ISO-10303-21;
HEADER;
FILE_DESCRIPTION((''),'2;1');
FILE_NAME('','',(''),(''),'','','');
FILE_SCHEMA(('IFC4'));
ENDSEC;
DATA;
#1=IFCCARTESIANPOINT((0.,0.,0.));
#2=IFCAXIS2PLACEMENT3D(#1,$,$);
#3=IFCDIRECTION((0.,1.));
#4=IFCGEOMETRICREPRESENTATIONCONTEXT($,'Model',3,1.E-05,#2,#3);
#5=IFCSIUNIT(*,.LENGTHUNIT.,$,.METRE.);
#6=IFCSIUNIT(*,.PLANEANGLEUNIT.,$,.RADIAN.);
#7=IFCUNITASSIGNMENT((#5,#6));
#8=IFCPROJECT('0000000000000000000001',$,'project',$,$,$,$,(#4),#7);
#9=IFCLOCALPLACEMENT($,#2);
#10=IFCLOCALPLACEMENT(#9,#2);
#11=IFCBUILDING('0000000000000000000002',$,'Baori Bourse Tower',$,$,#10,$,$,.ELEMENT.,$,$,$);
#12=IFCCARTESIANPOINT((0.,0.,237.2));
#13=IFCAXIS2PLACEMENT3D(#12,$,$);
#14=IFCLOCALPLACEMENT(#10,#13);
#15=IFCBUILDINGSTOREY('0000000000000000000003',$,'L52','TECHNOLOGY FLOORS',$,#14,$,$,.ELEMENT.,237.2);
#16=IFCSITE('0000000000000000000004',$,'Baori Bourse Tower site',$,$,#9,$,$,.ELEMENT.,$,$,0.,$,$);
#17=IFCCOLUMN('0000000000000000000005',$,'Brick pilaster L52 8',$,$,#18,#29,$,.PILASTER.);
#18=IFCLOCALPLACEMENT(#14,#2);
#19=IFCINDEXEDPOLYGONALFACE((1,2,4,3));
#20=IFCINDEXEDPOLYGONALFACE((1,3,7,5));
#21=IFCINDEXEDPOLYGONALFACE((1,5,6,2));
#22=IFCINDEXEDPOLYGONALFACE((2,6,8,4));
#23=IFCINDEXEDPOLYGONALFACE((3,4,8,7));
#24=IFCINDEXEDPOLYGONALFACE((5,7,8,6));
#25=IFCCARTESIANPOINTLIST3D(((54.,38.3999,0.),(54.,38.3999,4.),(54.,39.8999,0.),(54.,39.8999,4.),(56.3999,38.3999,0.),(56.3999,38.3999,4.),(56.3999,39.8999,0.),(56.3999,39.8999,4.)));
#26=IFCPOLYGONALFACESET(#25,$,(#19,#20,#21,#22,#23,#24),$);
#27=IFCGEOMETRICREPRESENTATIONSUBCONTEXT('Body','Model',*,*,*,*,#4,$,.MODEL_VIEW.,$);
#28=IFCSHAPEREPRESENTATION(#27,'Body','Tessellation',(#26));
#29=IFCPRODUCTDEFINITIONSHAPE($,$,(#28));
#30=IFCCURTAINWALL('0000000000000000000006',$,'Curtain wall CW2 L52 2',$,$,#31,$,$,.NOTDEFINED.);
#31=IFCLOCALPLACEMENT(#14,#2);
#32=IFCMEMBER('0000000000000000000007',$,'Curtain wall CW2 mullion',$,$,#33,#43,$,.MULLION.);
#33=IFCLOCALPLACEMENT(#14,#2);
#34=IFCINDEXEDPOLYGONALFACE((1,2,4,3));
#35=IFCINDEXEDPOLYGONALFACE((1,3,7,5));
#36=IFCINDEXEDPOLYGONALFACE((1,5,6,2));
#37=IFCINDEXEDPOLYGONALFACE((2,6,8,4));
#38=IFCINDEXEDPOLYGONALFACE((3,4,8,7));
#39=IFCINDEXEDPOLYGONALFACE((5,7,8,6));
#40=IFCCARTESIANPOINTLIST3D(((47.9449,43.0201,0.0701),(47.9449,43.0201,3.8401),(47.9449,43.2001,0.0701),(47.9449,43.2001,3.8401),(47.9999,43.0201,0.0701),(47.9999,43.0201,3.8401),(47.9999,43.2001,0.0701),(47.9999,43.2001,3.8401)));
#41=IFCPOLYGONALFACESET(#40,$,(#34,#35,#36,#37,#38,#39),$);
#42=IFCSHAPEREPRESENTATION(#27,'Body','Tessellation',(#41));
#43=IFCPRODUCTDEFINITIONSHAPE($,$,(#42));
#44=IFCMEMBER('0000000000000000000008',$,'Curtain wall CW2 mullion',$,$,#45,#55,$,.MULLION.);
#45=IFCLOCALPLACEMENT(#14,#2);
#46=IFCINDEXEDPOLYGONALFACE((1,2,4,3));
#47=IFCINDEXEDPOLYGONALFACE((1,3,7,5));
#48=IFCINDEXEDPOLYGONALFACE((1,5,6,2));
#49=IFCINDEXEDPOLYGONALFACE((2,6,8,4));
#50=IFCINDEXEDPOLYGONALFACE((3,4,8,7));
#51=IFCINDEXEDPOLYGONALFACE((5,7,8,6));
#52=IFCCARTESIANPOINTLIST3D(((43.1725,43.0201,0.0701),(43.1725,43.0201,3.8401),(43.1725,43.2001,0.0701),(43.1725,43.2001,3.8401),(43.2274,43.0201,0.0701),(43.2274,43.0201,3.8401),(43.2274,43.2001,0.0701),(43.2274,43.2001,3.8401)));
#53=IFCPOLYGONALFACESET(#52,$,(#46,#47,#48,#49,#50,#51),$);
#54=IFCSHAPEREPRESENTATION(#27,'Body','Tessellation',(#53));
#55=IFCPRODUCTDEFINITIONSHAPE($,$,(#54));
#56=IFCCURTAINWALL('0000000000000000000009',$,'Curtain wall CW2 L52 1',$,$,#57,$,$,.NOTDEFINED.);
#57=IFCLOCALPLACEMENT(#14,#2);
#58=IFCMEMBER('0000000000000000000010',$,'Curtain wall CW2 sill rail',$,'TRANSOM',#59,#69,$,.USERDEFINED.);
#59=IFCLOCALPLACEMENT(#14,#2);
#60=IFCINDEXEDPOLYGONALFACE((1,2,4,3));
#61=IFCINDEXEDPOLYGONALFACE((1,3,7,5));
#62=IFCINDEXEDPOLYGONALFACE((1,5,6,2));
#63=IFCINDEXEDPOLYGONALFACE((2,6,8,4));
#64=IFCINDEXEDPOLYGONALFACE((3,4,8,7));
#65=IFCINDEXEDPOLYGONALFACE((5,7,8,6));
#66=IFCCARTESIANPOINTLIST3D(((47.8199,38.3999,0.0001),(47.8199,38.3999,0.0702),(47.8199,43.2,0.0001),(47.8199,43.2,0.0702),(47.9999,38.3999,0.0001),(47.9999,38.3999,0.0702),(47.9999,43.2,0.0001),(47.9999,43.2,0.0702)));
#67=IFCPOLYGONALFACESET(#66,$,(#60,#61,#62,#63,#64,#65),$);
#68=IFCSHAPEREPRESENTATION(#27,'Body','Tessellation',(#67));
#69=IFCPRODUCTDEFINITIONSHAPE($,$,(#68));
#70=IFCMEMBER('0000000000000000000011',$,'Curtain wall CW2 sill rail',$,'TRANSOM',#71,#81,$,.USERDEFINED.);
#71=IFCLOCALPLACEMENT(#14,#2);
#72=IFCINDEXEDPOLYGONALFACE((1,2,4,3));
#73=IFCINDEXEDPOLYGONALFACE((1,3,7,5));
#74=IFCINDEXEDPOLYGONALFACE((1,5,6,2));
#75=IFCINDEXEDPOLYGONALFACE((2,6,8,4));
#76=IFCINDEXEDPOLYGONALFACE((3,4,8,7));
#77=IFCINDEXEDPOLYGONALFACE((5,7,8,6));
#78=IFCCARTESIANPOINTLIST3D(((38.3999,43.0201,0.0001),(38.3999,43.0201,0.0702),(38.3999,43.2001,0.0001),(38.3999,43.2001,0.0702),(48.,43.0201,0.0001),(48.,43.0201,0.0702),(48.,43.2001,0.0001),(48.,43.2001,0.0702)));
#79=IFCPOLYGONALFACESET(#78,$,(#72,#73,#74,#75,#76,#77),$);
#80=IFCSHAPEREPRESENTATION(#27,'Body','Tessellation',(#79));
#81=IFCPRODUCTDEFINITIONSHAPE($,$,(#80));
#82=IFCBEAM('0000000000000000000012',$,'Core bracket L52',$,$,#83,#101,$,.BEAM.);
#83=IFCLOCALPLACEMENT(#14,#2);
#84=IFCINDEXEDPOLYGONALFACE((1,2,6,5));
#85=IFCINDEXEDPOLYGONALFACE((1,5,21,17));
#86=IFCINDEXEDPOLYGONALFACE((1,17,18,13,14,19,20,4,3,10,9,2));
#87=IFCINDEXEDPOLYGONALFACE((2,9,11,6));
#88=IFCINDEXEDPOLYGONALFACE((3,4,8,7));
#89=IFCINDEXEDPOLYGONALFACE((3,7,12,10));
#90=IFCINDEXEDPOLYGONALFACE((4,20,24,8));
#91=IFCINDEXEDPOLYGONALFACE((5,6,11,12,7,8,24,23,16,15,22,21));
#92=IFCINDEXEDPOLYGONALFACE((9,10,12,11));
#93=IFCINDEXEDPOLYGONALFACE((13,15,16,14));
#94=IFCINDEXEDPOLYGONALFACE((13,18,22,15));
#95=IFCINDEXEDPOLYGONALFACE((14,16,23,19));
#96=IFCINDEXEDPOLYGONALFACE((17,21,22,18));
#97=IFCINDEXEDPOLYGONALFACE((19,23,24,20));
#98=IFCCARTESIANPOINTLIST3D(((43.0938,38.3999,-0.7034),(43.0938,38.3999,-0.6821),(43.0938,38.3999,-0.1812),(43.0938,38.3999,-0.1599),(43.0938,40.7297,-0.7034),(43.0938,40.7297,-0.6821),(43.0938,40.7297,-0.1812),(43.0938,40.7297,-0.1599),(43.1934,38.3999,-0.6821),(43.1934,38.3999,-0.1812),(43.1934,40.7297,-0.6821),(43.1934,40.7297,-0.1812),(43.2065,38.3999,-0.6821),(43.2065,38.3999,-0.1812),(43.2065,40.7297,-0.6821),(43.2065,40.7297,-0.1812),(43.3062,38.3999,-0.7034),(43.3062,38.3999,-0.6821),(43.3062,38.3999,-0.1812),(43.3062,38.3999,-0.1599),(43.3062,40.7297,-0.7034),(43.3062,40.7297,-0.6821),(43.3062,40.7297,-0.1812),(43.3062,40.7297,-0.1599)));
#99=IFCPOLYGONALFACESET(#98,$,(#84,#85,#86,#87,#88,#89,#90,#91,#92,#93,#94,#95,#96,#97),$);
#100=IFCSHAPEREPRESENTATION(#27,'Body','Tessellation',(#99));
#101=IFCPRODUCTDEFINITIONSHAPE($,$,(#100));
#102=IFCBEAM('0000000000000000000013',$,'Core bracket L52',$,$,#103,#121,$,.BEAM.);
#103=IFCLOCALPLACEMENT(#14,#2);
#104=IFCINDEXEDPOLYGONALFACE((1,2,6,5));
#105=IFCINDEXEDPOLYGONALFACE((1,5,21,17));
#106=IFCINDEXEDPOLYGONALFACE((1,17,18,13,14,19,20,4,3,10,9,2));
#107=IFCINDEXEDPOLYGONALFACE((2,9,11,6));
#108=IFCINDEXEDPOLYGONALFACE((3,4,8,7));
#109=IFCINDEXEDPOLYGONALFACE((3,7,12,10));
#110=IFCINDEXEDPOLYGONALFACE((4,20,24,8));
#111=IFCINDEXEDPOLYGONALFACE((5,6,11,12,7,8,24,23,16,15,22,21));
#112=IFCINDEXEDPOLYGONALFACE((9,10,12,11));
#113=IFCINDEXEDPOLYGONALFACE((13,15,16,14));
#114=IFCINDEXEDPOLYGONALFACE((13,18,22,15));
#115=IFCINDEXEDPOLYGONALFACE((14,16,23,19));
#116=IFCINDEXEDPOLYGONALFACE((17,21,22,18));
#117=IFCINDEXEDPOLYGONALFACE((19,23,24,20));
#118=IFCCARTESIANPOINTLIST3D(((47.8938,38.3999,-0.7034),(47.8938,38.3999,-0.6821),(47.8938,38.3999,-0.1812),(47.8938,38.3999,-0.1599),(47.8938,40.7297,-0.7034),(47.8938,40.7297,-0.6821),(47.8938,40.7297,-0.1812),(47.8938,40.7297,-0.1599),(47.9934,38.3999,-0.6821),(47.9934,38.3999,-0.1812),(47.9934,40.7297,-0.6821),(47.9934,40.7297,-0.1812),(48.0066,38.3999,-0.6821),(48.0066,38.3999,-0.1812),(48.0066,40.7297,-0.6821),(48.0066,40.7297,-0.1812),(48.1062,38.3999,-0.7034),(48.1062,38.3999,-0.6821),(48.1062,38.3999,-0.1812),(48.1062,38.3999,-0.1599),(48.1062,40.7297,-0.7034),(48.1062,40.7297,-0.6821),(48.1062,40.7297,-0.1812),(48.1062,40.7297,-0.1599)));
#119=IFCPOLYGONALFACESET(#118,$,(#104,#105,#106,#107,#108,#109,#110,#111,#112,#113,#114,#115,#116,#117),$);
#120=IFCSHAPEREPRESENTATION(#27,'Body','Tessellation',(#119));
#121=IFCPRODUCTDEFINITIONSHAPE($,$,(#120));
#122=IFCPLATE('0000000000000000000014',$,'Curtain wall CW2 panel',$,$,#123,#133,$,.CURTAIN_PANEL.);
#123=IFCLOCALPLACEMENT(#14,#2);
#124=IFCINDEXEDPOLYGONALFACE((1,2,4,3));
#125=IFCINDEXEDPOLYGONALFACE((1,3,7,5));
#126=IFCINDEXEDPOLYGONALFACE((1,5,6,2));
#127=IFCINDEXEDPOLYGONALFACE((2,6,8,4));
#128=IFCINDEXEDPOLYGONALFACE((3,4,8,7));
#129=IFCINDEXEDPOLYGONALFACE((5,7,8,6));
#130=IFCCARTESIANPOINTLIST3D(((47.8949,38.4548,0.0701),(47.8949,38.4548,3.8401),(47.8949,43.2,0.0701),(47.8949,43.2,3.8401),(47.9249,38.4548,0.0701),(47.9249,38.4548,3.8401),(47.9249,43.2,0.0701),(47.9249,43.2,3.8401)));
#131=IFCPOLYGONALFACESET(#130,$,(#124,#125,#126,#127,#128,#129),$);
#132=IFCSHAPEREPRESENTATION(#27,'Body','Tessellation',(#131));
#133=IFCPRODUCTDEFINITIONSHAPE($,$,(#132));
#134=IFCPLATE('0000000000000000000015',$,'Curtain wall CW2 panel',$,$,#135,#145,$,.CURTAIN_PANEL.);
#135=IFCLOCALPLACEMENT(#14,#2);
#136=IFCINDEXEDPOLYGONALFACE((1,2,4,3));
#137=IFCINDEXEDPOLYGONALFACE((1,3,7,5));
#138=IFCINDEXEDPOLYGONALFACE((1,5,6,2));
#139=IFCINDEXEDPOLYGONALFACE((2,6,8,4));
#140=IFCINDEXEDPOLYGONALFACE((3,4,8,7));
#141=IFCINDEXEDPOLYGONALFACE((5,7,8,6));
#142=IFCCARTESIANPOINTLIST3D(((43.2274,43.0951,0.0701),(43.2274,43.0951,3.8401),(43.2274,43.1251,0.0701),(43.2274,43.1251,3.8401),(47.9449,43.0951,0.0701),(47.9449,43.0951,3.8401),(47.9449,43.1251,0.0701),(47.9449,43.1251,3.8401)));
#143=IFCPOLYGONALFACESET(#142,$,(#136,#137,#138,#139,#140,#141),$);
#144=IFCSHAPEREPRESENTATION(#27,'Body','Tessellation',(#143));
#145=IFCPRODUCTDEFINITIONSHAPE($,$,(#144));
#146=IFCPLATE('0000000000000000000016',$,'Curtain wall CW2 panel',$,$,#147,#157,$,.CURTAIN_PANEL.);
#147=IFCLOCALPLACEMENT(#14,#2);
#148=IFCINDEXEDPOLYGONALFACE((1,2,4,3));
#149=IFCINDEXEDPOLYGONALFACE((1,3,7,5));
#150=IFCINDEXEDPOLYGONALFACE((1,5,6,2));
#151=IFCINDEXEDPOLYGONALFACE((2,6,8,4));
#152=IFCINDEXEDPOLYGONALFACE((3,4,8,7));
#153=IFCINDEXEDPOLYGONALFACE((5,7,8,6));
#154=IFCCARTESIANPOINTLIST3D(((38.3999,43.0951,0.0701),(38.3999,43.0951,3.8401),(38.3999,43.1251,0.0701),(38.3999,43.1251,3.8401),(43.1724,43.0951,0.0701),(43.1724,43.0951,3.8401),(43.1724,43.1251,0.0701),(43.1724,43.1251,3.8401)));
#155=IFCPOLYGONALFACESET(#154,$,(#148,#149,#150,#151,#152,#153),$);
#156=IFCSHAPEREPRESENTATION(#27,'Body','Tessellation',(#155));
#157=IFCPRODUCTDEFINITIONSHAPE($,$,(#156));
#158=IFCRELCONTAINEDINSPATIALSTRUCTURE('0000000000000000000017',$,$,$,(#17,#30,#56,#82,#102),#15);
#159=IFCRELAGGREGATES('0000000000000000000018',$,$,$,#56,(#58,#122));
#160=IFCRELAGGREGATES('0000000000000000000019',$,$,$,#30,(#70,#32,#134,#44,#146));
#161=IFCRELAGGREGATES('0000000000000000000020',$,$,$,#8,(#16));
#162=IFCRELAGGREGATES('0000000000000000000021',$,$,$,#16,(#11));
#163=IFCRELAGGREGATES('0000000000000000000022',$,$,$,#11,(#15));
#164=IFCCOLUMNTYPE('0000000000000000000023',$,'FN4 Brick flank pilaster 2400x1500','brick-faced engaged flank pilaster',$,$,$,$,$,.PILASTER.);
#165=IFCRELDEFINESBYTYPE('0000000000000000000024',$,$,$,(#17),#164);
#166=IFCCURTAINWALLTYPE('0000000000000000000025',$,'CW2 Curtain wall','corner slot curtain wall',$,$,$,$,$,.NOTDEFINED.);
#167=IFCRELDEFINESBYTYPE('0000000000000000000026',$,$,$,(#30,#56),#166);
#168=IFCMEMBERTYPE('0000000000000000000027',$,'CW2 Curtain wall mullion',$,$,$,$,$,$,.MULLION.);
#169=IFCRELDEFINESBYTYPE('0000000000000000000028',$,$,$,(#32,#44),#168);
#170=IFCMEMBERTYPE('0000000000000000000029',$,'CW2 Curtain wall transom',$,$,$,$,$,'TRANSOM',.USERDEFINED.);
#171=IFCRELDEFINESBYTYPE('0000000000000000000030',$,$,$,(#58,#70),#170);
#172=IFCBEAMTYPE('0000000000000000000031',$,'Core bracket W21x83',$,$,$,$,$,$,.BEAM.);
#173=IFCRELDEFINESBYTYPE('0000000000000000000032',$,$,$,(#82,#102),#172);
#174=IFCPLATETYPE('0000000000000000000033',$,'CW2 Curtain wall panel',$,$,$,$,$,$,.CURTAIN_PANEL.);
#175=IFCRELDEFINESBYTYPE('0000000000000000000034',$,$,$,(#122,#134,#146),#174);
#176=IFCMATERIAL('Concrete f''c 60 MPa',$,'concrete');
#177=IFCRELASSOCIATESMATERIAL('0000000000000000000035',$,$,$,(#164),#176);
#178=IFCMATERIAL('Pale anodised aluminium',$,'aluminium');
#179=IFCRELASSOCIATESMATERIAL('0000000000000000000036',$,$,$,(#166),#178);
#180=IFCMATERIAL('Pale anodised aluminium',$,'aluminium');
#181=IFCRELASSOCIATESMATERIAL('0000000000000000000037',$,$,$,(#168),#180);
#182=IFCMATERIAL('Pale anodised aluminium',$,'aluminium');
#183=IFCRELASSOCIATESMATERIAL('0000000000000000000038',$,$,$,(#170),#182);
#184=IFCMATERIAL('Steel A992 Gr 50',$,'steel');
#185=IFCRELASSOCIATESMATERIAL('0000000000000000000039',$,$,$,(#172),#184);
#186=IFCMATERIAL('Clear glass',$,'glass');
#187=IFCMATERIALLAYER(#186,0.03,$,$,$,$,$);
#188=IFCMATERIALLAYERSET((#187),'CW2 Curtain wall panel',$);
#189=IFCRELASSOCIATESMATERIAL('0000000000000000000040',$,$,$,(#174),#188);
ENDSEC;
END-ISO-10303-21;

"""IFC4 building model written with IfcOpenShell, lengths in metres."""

from ifc_helpers import new_model, si_unit, direction, frame, origin, origin_2d, place, context, subcontext, project, spatial, rectangle, i_section, extrude, material, layer, layer_set, material_profile, profile_set, type_object, element, aggregate, save


model = new_model("IFC4")

# Units and contexts
model_context = context("Model", 3, precision=1e-05, world=origin(), true_north=direction((0.0, 1.0)))
body_context = subcontext(model_context, "Body", "Model", "MODEL_VIEW")
ifc_project = project(units=[si_unit("LENGTHUNIT", "METRE"), si_unit("PLANEANGLEUNIT", "RADIAN")], contexts=[model_context])

# Site, building, storey
site_placement = place(None, origin())
site = spatial("IfcSite", under=ifc_project, at=site_placement, Name="Baori Bourse Tower site", CompositionType="ELEMENT", RefElevation=0.0)
building_placement = place(site_placement, origin())
building = spatial("IfcBuilding", under=site, at=building_placement, Name="Baori Bourse Tower", CompositionType="ELEMENT")
storey_placement = place(building_placement, frame((0.0, 0.0, 237.2)))
storey = spatial("IfcBuildingStorey", under=building, at=storey_placement, Name="L52", Description="TECHNOLOGY FLOORS", CompositionType="ELEMENT", Elevation=237.2)

# Column
ifc_material_1 = material(Name="Concrete f'c 60 MPa", Category="concrete")
ifc_material_profile_1 = material_profile(ifc_material_1, rectangle(XDim=2.3999, YDim=1.5, at=origin_2d()), Name="RC 2400x1500")
ifc_profile_set_1 = profile_set([ifc_material_profile_1], Name="Concrete f'c 60 MPa")
column_type = type_object("IfcColumnType", Name="FN4 Brick flank pilaster 2400x1500", Description="brick-faced engaged flank pilaster", PredefinedType="PILASTER", material=ifc_profile_set_1)
column_placement = place(storey_placement, frame((55.2, 39.1499, 0.0), z_axis=(0.0, 0.0, 1.0), x_axis=(1.0, 0.0, 0.0)))
element("IfcColumn", 1, at=column_placement, inside=storey, type_object=column_type, Name="Brick pilaster L52 8", PredefinedType="PILASTER", context=body_context, shape_type="SweptSolid", body=[
    extrude(rectangle(XDim=2.3999, YDim=1.5, at=origin_2d()), origin(), (0.0, 0.0, 1.0), 4.0),
])

# Curtain wall, members
ifc_material_2 = material(Name="Pale anodised aluminium", Category="aluminium")
curtain_wall_type = type_object("IfcCurtainWallType", Name="CW2 Curtain wall", Description="corner slot curtain wall", PredefinedType="NOTDEFINED", material=ifc_material_2)
curtain_wall_1_placement = place(storey_placement, origin())
curtain_wall_1 = element("IfcCurtainWall", 2, at=curtain_wall_1_placement, inside=storey, type_object=curtain_wall_type, Name="Curtain wall CW2 L52 2", PredefinedType="NOTDEFINED")
ifc_material_3 = material(Name="Pale anodised aluminium", Category="aluminium")
ifc_material_profile_2 = material_profile(ifc_material_3, rectangle(XDim=0.1799, YDim=0.0549, at=origin_2d()), Name="Mullion 55x180")
ifc_profile_set_2 = profile_set([ifc_material_profile_2], Name="Pale anodised aluminium")
member_type_1 = type_object("IfcMemberType", Name="CW2 Curtain wall mullion", PredefinedType="MULLION", material=ifc_profile_set_2)
member_1_placement = place(storey_placement, frame((47.9724, 43.1101, 0.0701), z_axis=(0.0, 0.0, 1.0), x_axis=(0.0, -1.0, 0.0)))
member_1 = element("IfcMember", 3, at=member_1_placement, type_object=member_type_1, Name="Curtain wall CW2 mullion", PredefinedType="MULLION", context=body_context, shape_type="SweptSolid", body=[
    extrude(rectangle(XDim=0.1799, YDim=0.0549, at=origin_2d()), origin(), (0.0, 0.0, 1.0), 3.77),
])
member_2_placement = place(storey_placement, frame((43.2, 43.1101, 0.0701), z_axis=(0.0, 0.0, 1.0), x_axis=(0.0, -1.0, 0.0)))
member_2 = element("IfcMember", 4, at=member_2_placement, type_object=member_type_1, Name="Curtain wall CW2 mullion", PredefinedType="MULLION", context=body_context, shape_type="SweptSolid", body=[
    extrude(rectangle(XDim=0.1799, YDim=0.0549, at=origin_2d()), origin(), (0.0, 0.0, 1.0), 3.77),
])

# Curtain wall, member
curtain_wall_2_placement = place(storey_placement, origin())
curtain_wall_2 = element("IfcCurtainWall", 5, at=curtain_wall_2_placement, inside=storey, type_object=curtain_wall_type, Name="Curtain wall CW2 L52 1", PredefinedType="NOTDEFINED")
ifc_material_4 = material(Name="Pale anodised aluminium", Category="aluminium")
ifc_material_profile_3 = material_profile(ifc_material_4, rectangle(XDim=0.1799, YDim=0.0701, at=origin_2d()), Name="Transom 70x180")
ifc_profile_set_3 = profile_set([ifc_material_profile_3], Name="Pale anodised aluminium")
member_type_2 = type_object("IfcMemberType", Name="CW2 Curtain wall transom", ElementType="TRANSOM", PredefinedType="USERDEFINED", material=ifc_profile_set_3)
member_3_placement = place(storey_placement, frame((47.9099, 38.3999, 0.0352), z_axis=(0.0, 1.0, 0.0), x_axis=(-1.0, 0.0, 0.0)))
member_3 = element("IfcMember", 6, at=member_3_placement, type_object=member_type_2, Name="Curtain wall CW2 sill rail", ObjectType="TRANSOM", PredefinedType="USERDEFINED", context=body_context, shape_type="SweptSolid", body=[
    extrude(rectangle(XDim=0.1799, YDim=0.0701, at=origin_2d()), origin(), (0.0, 0.0, 1.0), 4.8),
])

# Member
member_4_placement = place(storey_placement, frame((48.0, 43.1101, 0.0352), z_axis=(-1.0, 0.0, 0.0), x_axis=(0.0, -1.0, 0.0)))
member_4 = element("IfcMember", 7, at=member_4_placement, type_object=member_type_2, Name="Curtain wall CW2 sill rail", ObjectType="TRANSOM", PredefinedType="USERDEFINED", context=body_context, shape_type="SweptSolid", body=[
    extrude(rectangle(XDim=0.1799, YDim=0.0701, at=origin_2d()), origin(), (0.0, 0.0, 1.0), 9.6001),
])

# Beams
ifc_material_5 = material(Name="Steel A992 Gr 50", Category="steel")
ifc_material_profile_4 = material_profile(ifc_material_5, i_section(OverallWidth=0.2124, OverallDepth=0.5435, WebThickness=0.0132, FlangeThickness=0.0212, at=origin_2d()), Name="W21x83")
ifc_profile_set_4 = profile_set([ifc_material_profile_4], Name="Steel A992 Gr 50")
beam_type = type_object("IfcBeamType", Name="Core bracket W21x83", PredefinedType="BEAM", material=ifc_profile_set_4)
for number, where, z_axis, x_axis, name in (
    (8, (43.2, 38.3999, -0.4316), (0.0, 1.0, 0.0), (-1.0, 0.0, 0.0), "Core bracket L52"),
    (9, (48.0, 38.3999, -0.4316), (0.0, 1.0, 0.0), (-1.0, 0.0, 0.0), "Core bracket L52"),
):
    element("IfcBeam", number, at=place(storey_placement, frame(where, z_axis=z_axis, x_axis=x_axis)), inside=storey, type_object=beam_type, Name=name, PredefinedType="BEAM", context=body_context, shape_type="SweptSolid", body=[
        extrude(i_section(OverallWidth=0.2124, OverallDepth=0.5435, WebThickness=0.0132, FlangeThickness=0.0212, at=origin_2d()), origin(), (0.0, 0.0, 1.0), 2.3298),
    ])

# Plates
ifc_material_6 = material(Name="Clear glass", Category="glass")
ifc_layer_1 = layer(ifc_material_6, 0.03)
ifc_layer_set_1 = layer_set([ifc_layer_1], Name="CW2 Curtain wall panel")
plate_type = type_object("IfcPlateType", Name="CW2 Curtain wall panel", PredefinedType="CURTAIN_PANEL", material=ifc_layer_set_1)
plate_1_placement = place(storey_placement, frame((47.9099, 40.8274, 0.0701), z_axis=(0.0, 0.0, 1.0), x_axis=(0.0, 1.0, 0.0)))
plate_1 = element("IfcPlate", 10, at=plate_1_placement, type_object=plate_type, Name="Curtain wall CW2 panel", PredefinedType="CURTAIN_PANEL", context=body_context, shape_type="SweptSolid", body=[
    extrude(rectangle(XDim=4.7451, YDim=0.03, at=origin_2d()), origin(), (0.0, 0.0, 1.0), 3.77),
])
aggregate(curtain_wall_2, [member_3, plate_1])
plate_2_placement = place(storey_placement, frame((45.5862, 43.1101, 0.0701), z_axis=(0.0, 0.0, 1.0), x_axis=(-1.0, 0.0, 0.0)))
plate_2 = element("IfcPlate", 11, at=plate_2_placement, type_object=plate_type, Name="Curtain wall CW2 panel", PredefinedType="CURTAIN_PANEL", context=body_context, shape_type="SweptSolid", body=[
    extrude(rectangle(XDim=4.7175, YDim=0.03, at=origin_2d()), origin(), (0.0, 0.0, 1.0), 3.77),
])
plate_3_placement = place(storey_placement, frame((40.7861, 43.1101, 0.0701), z_axis=(0.0, 0.0, 1.0), x_axis=(-1.0, 0.0, 0.0)))
plate_3 = element("IfcPlate", 12, at=plate_3_placement, type_object=plate_type, Name="Curtain wall CW2 panel", PredefinedType="CURTAIN_PANEL", context=body_context, shape_type="SweptSolid", body=[
    extrude(rectangle(XDim=4.7725, YDim=0.03, at=origin_2d()), origin(), (0.0, 0.0, 1.0), 3.77),
])
aggregate(curtain_wall_1, [member_4, member_1, plate_2, member_2, plate_3])

save(model, "model.ifc")
